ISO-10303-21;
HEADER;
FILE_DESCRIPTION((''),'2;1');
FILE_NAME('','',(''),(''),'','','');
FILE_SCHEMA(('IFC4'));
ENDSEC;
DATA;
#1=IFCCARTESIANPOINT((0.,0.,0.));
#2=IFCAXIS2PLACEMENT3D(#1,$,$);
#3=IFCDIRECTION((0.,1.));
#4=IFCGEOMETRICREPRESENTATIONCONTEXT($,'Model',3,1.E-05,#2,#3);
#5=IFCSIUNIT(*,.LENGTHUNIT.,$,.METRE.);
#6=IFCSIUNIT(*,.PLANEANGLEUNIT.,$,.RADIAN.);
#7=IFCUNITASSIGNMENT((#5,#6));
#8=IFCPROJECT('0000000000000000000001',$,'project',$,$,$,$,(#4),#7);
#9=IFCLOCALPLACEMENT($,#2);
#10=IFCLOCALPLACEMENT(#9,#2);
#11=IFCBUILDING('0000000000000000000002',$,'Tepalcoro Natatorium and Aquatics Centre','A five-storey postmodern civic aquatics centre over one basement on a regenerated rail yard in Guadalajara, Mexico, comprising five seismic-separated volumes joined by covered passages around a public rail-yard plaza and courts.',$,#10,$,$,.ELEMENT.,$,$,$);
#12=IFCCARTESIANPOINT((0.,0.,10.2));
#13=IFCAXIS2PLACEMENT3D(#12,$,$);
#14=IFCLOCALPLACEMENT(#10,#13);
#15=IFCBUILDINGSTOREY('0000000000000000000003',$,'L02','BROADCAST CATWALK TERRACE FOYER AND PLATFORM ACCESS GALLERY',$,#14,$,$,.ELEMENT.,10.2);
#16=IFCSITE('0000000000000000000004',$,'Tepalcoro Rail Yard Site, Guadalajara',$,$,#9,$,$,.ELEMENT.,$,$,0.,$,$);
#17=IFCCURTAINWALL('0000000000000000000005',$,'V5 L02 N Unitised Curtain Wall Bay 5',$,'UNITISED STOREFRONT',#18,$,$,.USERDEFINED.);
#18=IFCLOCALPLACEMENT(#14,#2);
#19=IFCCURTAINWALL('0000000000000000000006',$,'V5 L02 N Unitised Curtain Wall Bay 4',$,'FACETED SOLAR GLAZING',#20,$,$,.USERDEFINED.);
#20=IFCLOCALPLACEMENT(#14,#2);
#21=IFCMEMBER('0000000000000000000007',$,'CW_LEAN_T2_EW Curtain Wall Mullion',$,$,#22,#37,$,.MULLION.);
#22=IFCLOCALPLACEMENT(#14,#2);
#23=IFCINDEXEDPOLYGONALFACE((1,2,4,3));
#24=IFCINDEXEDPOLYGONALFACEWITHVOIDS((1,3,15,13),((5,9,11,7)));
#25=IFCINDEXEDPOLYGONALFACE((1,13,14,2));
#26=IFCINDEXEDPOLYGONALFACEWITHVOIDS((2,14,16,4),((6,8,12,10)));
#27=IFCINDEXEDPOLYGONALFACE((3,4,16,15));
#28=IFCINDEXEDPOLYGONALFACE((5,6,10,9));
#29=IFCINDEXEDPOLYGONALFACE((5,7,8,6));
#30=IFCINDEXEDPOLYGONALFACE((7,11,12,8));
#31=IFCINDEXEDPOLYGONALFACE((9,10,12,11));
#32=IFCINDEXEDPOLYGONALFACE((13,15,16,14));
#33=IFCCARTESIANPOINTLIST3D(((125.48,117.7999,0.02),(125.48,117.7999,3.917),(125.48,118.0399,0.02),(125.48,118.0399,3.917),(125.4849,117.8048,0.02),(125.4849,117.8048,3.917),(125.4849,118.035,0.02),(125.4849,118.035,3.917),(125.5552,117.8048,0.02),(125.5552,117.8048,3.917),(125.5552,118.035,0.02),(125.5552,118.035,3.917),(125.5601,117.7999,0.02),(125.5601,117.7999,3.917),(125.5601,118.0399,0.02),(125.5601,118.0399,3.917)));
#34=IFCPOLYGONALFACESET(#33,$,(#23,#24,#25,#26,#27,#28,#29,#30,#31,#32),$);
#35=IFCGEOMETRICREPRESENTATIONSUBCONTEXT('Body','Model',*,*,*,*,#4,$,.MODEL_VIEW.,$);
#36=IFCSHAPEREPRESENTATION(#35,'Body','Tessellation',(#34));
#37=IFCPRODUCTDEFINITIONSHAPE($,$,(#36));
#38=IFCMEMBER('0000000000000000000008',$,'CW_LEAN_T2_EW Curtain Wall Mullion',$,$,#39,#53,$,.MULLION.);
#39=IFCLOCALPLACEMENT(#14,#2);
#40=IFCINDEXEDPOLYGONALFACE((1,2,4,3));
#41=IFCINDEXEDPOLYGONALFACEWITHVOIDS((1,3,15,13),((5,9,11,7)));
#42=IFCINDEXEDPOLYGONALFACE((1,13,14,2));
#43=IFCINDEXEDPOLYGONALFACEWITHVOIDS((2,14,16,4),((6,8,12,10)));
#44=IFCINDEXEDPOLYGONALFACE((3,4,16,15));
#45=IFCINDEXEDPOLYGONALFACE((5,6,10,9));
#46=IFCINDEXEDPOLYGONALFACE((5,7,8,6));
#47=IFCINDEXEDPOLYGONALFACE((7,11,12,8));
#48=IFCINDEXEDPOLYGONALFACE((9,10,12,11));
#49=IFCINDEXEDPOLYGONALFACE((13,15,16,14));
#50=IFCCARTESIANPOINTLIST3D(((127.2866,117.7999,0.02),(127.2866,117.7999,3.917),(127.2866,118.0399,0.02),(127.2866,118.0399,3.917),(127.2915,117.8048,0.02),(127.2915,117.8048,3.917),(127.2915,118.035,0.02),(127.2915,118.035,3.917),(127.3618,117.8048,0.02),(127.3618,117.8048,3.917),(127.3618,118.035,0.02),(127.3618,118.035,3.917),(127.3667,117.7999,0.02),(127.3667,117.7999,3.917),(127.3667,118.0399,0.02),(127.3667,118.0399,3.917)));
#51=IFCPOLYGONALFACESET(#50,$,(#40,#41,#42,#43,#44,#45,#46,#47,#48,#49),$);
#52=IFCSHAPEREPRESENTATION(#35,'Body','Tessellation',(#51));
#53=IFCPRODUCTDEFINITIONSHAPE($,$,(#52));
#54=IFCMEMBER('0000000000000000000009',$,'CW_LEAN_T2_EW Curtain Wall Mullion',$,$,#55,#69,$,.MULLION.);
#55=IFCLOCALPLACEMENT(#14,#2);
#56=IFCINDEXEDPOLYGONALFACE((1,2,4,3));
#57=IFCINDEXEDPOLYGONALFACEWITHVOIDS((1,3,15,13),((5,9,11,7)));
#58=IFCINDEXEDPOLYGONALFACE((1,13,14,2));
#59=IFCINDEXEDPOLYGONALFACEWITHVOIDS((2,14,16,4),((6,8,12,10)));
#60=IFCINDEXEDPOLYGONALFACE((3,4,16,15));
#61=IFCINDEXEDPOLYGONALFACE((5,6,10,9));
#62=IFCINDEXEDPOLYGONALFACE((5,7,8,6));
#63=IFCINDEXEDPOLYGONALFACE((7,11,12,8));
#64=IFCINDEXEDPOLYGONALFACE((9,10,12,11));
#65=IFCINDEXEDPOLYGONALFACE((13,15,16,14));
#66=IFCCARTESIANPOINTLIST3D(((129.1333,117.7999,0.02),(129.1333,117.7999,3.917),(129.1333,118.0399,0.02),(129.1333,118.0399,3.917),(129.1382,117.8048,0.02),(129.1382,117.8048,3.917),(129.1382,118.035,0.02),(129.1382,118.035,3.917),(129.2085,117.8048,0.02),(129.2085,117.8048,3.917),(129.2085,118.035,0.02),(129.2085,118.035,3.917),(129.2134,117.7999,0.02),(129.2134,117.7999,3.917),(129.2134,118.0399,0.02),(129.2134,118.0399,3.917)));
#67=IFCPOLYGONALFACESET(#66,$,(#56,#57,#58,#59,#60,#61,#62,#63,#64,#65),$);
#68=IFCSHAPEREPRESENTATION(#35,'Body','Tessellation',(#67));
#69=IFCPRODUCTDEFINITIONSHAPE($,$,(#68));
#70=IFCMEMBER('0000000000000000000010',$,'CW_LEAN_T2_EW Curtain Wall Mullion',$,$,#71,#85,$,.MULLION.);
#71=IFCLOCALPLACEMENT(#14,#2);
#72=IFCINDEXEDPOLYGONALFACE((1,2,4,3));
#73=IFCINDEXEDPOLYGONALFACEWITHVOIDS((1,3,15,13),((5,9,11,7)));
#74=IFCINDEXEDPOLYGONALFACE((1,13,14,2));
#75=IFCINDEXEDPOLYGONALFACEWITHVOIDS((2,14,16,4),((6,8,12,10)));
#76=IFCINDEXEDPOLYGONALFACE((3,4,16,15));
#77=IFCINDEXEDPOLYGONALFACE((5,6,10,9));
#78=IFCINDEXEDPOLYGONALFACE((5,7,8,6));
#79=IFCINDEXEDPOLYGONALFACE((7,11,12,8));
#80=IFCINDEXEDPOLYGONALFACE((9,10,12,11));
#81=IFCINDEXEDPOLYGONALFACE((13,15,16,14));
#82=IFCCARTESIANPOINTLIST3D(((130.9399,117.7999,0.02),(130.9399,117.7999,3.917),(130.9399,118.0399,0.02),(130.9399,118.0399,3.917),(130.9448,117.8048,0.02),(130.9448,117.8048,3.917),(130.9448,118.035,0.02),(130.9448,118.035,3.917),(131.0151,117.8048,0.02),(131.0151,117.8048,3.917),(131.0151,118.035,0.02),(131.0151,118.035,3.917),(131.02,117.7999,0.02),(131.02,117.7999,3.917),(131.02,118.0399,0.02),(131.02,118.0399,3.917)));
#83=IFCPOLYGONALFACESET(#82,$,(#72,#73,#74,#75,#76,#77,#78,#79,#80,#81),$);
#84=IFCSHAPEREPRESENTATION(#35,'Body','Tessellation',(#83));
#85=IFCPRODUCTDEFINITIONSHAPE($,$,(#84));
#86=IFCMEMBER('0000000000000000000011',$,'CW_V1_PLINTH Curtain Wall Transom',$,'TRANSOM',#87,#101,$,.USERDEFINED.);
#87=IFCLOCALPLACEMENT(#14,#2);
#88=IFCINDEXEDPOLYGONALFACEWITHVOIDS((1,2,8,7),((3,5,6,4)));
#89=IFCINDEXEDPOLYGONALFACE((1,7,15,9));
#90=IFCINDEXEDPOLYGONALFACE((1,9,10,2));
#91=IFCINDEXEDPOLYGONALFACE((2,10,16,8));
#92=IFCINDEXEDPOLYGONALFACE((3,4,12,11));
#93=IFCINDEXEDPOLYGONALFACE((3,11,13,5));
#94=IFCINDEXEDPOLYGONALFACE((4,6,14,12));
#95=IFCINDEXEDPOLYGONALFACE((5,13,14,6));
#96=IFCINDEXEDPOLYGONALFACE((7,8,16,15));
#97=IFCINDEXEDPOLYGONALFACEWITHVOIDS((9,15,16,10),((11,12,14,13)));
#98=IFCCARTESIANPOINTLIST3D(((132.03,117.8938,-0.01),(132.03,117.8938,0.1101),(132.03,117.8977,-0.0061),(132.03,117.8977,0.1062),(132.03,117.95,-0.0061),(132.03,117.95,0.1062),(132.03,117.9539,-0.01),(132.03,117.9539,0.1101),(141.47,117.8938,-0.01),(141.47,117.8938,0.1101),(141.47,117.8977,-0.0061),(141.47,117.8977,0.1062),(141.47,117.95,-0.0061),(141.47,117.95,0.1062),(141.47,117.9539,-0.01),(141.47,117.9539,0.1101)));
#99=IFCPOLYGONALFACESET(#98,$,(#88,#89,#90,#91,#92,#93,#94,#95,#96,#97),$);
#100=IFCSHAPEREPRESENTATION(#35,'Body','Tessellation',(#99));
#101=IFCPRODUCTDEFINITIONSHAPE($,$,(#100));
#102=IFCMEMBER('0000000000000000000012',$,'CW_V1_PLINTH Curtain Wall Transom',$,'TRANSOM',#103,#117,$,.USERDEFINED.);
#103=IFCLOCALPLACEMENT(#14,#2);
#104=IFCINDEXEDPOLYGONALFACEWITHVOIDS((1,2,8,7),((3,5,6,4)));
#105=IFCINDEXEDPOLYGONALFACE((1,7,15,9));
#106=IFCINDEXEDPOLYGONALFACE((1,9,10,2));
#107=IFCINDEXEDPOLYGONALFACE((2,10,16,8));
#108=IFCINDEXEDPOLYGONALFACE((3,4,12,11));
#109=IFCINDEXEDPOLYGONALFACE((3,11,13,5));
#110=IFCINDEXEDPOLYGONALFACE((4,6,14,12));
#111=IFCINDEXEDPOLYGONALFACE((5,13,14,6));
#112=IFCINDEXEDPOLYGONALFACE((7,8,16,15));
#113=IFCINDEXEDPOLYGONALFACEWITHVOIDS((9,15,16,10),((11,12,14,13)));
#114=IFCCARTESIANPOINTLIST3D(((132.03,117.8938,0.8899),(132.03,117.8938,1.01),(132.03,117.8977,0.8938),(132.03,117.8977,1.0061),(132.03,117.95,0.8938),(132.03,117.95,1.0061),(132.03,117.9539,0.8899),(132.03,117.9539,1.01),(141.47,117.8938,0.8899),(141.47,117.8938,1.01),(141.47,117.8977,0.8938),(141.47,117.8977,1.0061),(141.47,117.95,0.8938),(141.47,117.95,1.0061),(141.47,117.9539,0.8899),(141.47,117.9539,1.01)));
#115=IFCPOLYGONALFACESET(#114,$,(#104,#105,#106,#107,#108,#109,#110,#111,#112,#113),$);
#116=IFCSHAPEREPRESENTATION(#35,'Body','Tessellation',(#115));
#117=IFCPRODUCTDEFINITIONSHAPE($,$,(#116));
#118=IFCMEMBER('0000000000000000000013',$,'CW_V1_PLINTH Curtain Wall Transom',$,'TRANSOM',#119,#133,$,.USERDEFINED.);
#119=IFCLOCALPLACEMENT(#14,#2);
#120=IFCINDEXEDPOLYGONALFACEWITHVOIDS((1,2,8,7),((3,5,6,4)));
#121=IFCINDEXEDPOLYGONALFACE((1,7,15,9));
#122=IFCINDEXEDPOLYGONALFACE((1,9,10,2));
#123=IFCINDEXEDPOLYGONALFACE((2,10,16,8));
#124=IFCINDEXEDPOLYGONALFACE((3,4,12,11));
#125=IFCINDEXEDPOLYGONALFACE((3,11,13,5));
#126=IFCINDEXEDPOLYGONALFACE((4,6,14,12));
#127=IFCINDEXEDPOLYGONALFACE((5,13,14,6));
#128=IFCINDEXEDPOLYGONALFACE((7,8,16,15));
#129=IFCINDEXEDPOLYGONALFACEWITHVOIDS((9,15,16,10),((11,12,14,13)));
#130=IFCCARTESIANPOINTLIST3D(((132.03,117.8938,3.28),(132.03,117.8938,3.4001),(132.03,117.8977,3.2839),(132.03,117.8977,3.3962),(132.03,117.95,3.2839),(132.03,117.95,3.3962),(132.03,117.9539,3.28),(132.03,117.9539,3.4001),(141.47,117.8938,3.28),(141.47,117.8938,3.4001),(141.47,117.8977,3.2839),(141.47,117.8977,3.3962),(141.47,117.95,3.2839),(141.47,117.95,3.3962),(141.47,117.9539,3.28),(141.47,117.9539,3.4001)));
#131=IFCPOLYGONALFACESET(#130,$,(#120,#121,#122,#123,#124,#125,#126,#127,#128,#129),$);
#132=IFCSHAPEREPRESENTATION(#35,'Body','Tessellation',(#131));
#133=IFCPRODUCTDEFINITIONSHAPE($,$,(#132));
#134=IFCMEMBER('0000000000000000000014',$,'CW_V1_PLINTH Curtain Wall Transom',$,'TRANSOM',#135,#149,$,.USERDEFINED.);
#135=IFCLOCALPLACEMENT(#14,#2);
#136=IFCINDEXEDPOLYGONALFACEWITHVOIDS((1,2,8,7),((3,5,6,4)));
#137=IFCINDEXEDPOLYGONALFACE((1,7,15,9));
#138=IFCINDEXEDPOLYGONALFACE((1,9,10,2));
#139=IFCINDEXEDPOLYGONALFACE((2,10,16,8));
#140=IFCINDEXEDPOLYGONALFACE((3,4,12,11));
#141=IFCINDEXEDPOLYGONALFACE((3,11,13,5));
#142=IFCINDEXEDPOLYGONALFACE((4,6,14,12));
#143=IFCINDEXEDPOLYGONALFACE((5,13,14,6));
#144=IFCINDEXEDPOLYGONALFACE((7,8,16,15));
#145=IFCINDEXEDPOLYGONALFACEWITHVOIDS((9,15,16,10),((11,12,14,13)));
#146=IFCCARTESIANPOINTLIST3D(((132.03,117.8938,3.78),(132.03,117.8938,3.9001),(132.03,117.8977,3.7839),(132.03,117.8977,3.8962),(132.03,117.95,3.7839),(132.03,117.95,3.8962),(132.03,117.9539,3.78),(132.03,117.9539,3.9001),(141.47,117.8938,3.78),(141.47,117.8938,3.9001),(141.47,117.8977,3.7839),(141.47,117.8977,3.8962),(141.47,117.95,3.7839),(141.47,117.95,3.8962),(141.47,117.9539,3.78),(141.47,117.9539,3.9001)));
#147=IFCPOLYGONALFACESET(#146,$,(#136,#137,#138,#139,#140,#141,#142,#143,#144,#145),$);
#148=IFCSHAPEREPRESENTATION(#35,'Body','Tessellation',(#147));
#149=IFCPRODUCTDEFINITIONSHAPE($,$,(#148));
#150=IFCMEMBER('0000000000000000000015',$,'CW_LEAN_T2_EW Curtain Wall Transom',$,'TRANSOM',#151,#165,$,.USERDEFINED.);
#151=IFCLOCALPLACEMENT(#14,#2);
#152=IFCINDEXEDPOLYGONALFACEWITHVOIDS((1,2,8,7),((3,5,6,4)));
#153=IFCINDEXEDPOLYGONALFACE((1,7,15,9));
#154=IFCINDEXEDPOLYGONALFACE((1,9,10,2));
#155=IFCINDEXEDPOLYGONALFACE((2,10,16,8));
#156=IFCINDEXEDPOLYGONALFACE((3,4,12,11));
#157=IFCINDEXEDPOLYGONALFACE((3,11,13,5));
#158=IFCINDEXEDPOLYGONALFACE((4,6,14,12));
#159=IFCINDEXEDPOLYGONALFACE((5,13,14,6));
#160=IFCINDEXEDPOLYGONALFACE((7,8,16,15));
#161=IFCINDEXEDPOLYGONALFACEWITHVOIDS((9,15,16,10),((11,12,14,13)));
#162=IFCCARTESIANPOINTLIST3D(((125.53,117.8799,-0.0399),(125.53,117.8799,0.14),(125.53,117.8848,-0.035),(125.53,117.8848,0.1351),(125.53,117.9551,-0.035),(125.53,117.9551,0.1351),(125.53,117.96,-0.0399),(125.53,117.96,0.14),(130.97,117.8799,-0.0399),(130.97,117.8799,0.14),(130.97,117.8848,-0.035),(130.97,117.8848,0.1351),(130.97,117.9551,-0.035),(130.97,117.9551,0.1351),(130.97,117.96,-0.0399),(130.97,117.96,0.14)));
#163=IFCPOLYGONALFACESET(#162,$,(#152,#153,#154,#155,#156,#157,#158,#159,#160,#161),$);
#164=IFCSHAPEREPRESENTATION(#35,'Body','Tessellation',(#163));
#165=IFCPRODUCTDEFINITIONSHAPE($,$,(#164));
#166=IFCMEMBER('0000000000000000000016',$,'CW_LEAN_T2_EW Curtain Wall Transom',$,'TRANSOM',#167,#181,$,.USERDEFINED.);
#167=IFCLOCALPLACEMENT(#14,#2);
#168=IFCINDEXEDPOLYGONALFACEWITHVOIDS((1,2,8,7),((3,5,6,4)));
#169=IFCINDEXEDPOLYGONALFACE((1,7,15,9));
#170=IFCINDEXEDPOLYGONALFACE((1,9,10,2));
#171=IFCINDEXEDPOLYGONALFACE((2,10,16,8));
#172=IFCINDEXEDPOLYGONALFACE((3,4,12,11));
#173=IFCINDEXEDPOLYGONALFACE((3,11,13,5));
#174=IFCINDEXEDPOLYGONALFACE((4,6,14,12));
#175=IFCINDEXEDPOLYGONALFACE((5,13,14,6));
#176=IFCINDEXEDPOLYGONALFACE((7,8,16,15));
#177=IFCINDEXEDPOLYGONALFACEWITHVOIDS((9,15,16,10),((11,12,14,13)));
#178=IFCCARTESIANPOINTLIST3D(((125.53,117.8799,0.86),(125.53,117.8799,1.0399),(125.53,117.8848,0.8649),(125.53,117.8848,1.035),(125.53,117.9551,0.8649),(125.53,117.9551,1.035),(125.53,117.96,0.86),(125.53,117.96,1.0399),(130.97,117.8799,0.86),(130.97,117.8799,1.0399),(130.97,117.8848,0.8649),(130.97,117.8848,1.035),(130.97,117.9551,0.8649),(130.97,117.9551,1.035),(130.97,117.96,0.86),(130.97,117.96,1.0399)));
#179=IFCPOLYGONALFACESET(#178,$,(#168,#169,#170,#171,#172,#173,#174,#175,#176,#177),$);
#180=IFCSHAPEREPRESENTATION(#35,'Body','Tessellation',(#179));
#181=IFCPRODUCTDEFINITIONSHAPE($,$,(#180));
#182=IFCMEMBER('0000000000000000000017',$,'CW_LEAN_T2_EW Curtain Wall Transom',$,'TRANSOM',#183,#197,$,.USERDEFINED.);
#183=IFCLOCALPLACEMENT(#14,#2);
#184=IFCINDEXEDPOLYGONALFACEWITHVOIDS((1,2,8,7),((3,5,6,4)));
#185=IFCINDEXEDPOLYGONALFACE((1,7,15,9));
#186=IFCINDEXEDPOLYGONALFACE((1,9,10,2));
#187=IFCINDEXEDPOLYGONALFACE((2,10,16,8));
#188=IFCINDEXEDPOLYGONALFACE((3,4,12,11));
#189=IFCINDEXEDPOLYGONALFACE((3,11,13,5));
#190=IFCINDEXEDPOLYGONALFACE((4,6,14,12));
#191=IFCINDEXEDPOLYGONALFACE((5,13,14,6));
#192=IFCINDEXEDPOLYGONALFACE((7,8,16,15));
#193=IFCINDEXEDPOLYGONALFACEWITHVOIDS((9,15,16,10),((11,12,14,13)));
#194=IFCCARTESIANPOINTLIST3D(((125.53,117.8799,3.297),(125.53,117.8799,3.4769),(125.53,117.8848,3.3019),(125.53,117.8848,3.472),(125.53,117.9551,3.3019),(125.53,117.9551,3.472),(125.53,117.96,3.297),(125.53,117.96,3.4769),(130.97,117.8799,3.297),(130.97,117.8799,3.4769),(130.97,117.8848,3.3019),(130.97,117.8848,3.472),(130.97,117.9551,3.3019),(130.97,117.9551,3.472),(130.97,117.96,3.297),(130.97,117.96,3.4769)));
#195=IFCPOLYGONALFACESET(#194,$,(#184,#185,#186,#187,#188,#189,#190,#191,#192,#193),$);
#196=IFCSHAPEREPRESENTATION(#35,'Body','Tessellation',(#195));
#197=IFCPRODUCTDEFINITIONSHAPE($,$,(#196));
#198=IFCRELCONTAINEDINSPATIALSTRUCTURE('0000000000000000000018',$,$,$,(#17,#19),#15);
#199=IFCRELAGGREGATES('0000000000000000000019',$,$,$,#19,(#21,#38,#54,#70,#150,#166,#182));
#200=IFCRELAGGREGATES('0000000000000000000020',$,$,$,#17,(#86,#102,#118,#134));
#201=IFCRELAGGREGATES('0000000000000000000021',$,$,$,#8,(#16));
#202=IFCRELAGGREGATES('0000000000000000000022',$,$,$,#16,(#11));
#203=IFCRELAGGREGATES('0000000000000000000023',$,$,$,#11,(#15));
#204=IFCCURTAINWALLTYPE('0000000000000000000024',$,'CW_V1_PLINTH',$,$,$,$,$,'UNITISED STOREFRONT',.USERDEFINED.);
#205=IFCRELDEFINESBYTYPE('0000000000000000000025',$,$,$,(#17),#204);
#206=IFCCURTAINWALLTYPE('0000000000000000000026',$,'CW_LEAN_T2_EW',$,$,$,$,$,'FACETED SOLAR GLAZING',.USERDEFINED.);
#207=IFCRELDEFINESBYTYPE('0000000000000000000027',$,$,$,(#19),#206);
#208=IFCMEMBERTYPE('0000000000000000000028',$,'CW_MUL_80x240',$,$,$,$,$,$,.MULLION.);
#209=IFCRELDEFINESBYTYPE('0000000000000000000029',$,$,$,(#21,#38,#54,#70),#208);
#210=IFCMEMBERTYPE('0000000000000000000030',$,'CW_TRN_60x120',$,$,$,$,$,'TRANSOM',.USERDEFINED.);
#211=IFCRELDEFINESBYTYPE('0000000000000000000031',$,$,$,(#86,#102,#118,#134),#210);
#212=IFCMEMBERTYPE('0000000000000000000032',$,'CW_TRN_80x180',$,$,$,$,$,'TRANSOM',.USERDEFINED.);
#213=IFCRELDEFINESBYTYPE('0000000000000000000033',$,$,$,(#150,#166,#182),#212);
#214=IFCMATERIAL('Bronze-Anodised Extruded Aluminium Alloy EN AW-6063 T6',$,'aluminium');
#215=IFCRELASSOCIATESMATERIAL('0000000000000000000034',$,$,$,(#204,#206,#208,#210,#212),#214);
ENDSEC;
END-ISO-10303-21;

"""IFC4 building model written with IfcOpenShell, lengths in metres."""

from ifc_helpers import new_model, si_unit, direction, frame, origin, origin_2d, place, context, subcontext, project, spatial, hollow_rectangle, extrude, material, material_profile, profile_set, type_object, element, aggregate, save


model = new_model("IFC4")

# Units and contexts
model_context = context("Model", 3, precision=1e-05, world=origin(), true_north=direction((0.0, 1.0)))
body_context = subcontext(model_context, "Body", "Model", "MODEL_VIEW")
ifc_project = project(units=[si_unit("LENGTHUNIT", "METRE"), si_unit("PLANEANGLEUNIT", "RADIAN")], contexts=[model_context])

# Site, building, storey
site_placement = place(None, origin())
site = spatial("IfcSite", under=ifc_project, at=site_placement, Name="Tepalcoro Rail Yard Site, Guadalajara", CompositionType="ELEMENT", RefElevation=0.0)
building_placement = place(site_placement, origin())
building = spatial("IfcBuilding", under=site, at=building_placement, Name="Tepalcoro Natatorium and Aquatics Centre", Description="A five-storey postmodern civic aquatics centre over one basement on a regenerated rail yard in Guadalajara, Mexico, comprising five seismic-separated volumes joined by covered passages around a public rail-yard plaza and courts.", CompositionType="ELEMENT")
storey_placement = place(building_placement, frame((0.0, 0.0, 10.2)))
storey = spatial("IfcBuildingStorey", under=building, at=storey_placement, Name="L02", Description="BROADCAST CATWALK TERRACE FOYER AND PLATFORM ACCESS GALLERY", CompositionType="ELEMENT", Elevation=10.2)

# Curtain walls, members
ifc_material_1 = material(Name="Bronze-Anodised Extruded Aluminium Alloy EN AW-6063 T6", Category="aluminium")
curtain_wall_type_1 = type_object("IfcCurtainWallType", Name="CW_V1_PLINTH", ElementType="UNITISED STOREFRONT", PredefinedType="USERDEFINED", material=ifc_material_1)
curtain_wall_1_placement = place(storey_placement, origin())
curtain_wall_1 = element("IfcCurtainWall", 1, at=curtain_wall_1_placement, inside=storey, type_object=curtain_wall_type_1, Name="V5 L02 N Unitised Curtain Wall Bay 5", ObjectType="UNITISED STOREFRONT", PredefinedType="USERDEFINED")
curtain_wall_type_2 = type_object("IfcCurtainWallType", Name="CW_LEAN_T2_EW", ElementType="FACETED SOLAR GLAZING", PredefinedType="USERDEFINED", material=ifc_material_1)
curtain_wall_2_placement = place(storey_placement, origin())
curtain_wall_2 = element("IfcCurtainWall", 2, at=curtain_wall_2_placement, inside=storey, type_object=curtain_wall_type_2, Name="V5 L02 N Unitised Curtain Wall Bay 4", ObjectType="FACETED SOLAR GLAZING", PredefinedType="USERDEFINED")
ifc_material_profile_1 = material_profile(ifc_material_1, hollow_rectangle(XDim=0.0801, YDim=0.24, WallThickness=0.0049, at=origin_2d()), Name="AL80X240X5")
ifc_profile_set_1 = profile_set([ifc_material_profile_1], Name="Bronze-Anodised Extruded Aluminium Alloy EN AW-6063 T6")
member_type_1 = type_object("IfcMemberType", Name="CW_MUL_80x240", PredefinedType="MULLION", material=ifc_profile_set_1)
member_1_placement = place(storey_placement, frame((125.52, 117.9199, 0.02), z_axis=(0.0, 0.0, 1.0), x_axis=(1.0, 0.0, 0.0)))
member_1 = element("IfcMember", 3, at=member_1_placement, type_object=member_type_1, Name="CW_LEAN_T2_EW Curtain Wall Mullion", PredefinedType="MULLION", context=body_context, shape_type="SweptSolid", body=[
    extrude(hollow_rectangle(XDim=0.0801, YDim=0.24, WallThickness=0.0049, at=origin_2d()), origin(), (0.0, 0.0, 1.0), 3.897),
])
member_2_placement = place(storey_placement, frame((127.3267, 117.9199, 0.02), z_axis=(0.0, 0.0, 1.0), x_axis=(1.0, 0.0, 0.0)))
member_2 = element("IfcMember", 4, at=member_2_placement, type_object=member_type_1, Name="CW_LEAN_T2_EW Curtain Wall Mullion", PredefinedType="MULLION", context=body_context, shape_type="SweptSolid", body=[
    extrude(hollow_rectangle(XDim=0.0801, YDim=0.24, WallThickness=0.0049, at=origin_2d()), origin(), (0.0, 0.0, 1.0), 3.897),
])
member_3_placement = place(storey_placement, frame((129.1733, 117.9199, 0.02), z_axis=(0.0, 0.0, 1.0), x_axis=(1.0, 0.0, 0.0)))
member_3 = element("IfcMember", 5, at=member_3_placement, type_object=member_type_1, Name="CW_LEAN_T2_EW Curtain Wall Mullion", PredefinedType="MULLION", context=body_context, shape_type="SweptSolid", body=[
    extrude(hollow_rectangle(XDim=0.0801, YDim=0.24, WallThickness=0.0049, at=origin_2d()), origin(), (0.0, 0.0, 1.0), 3.897),
])
member_4_placement = place(storey_placement, frame((130.98, 117.9199, 0.02), z_axis=(0.0, 0.0, 1.0), x_axis=(1.0, 0.0, 0.0)))
member_4 = element("IfcMember", 6, at=member_4_placement, type_object=member_type_1, Name="CW_LEAN_T2_EW Curtain Wall Mullion", PredefinedType="MULLION", context=body_context, shape_type="SweptSolid", body=[
    extrude(hollow_rectangle(XDim=0.0801, YDim=0.24, WallThickness=0.0049, at=origin_2d()), origin(), (0.0, 0.0, 1.0), 3.897),
])

# Members
ifc_material_profile_2 = material_profile(ifc_material_1, hollow_rectangle(XDim=0.0601, YDim=0.1201, WallThickness=0.0039, at=origin_2d()), Name="AL60X120X4")
ifc_profile_set_2 = profile_set([ifc_material_profile_2], Name="Bronze-Anodised Extruded Aluminium Alloy EN AW-6063 T6")
member_type_2 = type_object("IfcMemberType", Name="CW_TRN_60x120", ElementType="TRANSOM", PredefinedType="USERDEFINED", material=ifc_profile_set_2)
member_5_placement = place(storey_placement, frame((132.03, 117.9238, 0.05), z_axis=(1.0, 0.0, 0.0), x_axis=(0.0, 1.0, 0.0)))
member_5 = element("IfcMember", 7, at=member_5_placement, type_object=member_type_2, Name="CW_V1_PLINTH Curtain Wall Transom", ObjectType="TRANSOM", PredefinedType="USERDEFINED", context=body_context, shape_type="SweptSolid", body=[
    extrude(hollow_rectangle(XDim=0.0601, YDim=0.1201, WallThickness=0.0039, at=origin_2d()), origin(), (0.0, 0.0, 1.0), 9.4399),
])
member_6_placement = place(storey_placement, frame((132.03, 117.9238, 0.95), z_axis=(1.0, 0.0, 0.0), x_axis=(0.0, 1.0, 0.0)))
member_6 = element("IfcMember", 8, at=member_6_placement, type_object=member_type_2, Name="CW_V1_PLINTH Curtain Wall Transom", ObjectType="TRANSOM", PredefinedType="USERDEFINED", context=body_context, shape_type="SweptSolid", body=[
    extrude(hollow_rectangle(XDim=0.0601, YDim=0.1201, WallThickness=0.0039, at=origin_2d()), origin(), (0.0, 0.0, 1.0), 9.4399),
])
member_7_placement = place(storey_placement, frame((132.03, 117.9238, 3.3401), z_axis=(1.0, 0.0, 0.0), x_axis=(0.0, 1.0, 0.0)))
member_7 = element("IfcMember", 9, at=member_7_placement, type_object=member_type_2, Name="CW_V1_PLINTH Curtain Wall Transom", ObjectType="TRANSOM", PredefinedType="USERDEFINED", context=body_context, shape_type="SweptSolid", body=[
    extrude(hollow_rectangle(XDim=0.0601, YDim=0.1201, WallThickness=0.0039, at=origin_2d()), origin(), (0.0, 0.0, 1.0), 9.4399),
])
member_8_placement = place(storey_placement, frame((132.03, 117.9238, 3.8401), z_axis=(1.0, 0.0, 0.0), x_axis=(0.0, 1.0, 0.0)))
member_8 = element("IfcMember", 10, at=member_8_placement, type_object=member_type_2, Name="CW_V1_PLINTH Curtain Wall Transom", ObjectType="TRANSOM", PredefinedType="USERDEFINED", context=body_context, shape_type="SweptSolid", body=[
    extrude(hollow_rectangle(XDim=0.0601, YDim=0.1201, WallThickness=0.0039, at=origin_2d()), origin(), (0.0, 0.0, 1.0), 9.4399),
])
ifc_material_profile_3 = material_profile(ifc_material_1, hollow_rectangle(XDim=0.0801, YDim=0.1799, WallThickness=0.0049, at=origin_2d()), Name="AL80X180X5")
ifc_profile_set_3 = profile_set([ifc_material_profile_3], Name="Bronze-Anodised Extruded Aluminium Alloy EN AW-6063 T6")
member_type_3 = type_object("IfcMemberType", Name="CW_TRN_80x180", ElementType="TRANSOM", PredefinedType="USERDEFINED", material=ifc_profile_set_3)
member_9_placement = place(storey_placement, frame((125.53, 117.9199, 0.05), z_axis=(1.0, 0.0, 0.0), x_axis=(0.0, 1.0, 0.0)))
member_9 = element("IfcMember", 11, at=member_9_placement, type_object=member_type_3, Name="CW_LEAN_T2_EW Curtain Wall Transom", ObjectType="TRANSOM", PredefinedType="USERDEFINED", context=body_context, shape_type="SweptSolid", body=[
    extrude(hollow_rectangle(XDim=0.0801, YDim=0.1799, WallThickness=0.0049, at=origin_2d()), origin(), (0.0, 0.0, 1.0), 5.4399),
])
member_10_placement = place(storey_placement, frame((125.53, 117.9199, 0.95), z_axis=(1.0, 0.0, 0.0), x_axis=(0.0, 1.0, 0.0)))
member_10 = element("IfcMember", 12, at=member_10_placement, type_object=member_type_3, Name="CW_LEAN_T2_EW Curtain Wall Transom", ObjectType="TRANSOM", PredefinedType="USERDEFINED", context=body_context, shape_type="SweptSolid", body=[
    extrude(hollow_rectangle(XDim=0.0801, YDim=0.1799, WallThickness=0.0049, at=origin_2d()), origin(), (0.0, 0.0, 1.0), 5.4399),
])
member_11_placement = place(storey_placement, frame((125.53, 117.9199, 3.387), z_axis=(1.0, 0.0, 0.0), x_axis=(0.0, 1.0, 0.0)))
member_11 = element("IfcMember", 13, at=member_11_placement, type_object=member_type_3, Name="CW_LEAN_T2_EW Curtain Wall Transom", ObjectType="TRANSOM", PredefinedType="USERDEFINED", context=body_context, shape_type="SweptSolid", body=[
    extrude(hollow_rectangle(XDim=0.0801, YDim=0.1799, WallThickness=0.0049, at=origin_2d()), origin(), (0.0, 0.0, 1.0), 5.4399),
])

aggregate(curtain_wall_2, [member_1, member_2, member_3, member_4, member_9, member_10, member_11])
aggregate(curtain_wall_1, [member_5, member_6, member_7, member_8])

save(model, "model.ifc")
